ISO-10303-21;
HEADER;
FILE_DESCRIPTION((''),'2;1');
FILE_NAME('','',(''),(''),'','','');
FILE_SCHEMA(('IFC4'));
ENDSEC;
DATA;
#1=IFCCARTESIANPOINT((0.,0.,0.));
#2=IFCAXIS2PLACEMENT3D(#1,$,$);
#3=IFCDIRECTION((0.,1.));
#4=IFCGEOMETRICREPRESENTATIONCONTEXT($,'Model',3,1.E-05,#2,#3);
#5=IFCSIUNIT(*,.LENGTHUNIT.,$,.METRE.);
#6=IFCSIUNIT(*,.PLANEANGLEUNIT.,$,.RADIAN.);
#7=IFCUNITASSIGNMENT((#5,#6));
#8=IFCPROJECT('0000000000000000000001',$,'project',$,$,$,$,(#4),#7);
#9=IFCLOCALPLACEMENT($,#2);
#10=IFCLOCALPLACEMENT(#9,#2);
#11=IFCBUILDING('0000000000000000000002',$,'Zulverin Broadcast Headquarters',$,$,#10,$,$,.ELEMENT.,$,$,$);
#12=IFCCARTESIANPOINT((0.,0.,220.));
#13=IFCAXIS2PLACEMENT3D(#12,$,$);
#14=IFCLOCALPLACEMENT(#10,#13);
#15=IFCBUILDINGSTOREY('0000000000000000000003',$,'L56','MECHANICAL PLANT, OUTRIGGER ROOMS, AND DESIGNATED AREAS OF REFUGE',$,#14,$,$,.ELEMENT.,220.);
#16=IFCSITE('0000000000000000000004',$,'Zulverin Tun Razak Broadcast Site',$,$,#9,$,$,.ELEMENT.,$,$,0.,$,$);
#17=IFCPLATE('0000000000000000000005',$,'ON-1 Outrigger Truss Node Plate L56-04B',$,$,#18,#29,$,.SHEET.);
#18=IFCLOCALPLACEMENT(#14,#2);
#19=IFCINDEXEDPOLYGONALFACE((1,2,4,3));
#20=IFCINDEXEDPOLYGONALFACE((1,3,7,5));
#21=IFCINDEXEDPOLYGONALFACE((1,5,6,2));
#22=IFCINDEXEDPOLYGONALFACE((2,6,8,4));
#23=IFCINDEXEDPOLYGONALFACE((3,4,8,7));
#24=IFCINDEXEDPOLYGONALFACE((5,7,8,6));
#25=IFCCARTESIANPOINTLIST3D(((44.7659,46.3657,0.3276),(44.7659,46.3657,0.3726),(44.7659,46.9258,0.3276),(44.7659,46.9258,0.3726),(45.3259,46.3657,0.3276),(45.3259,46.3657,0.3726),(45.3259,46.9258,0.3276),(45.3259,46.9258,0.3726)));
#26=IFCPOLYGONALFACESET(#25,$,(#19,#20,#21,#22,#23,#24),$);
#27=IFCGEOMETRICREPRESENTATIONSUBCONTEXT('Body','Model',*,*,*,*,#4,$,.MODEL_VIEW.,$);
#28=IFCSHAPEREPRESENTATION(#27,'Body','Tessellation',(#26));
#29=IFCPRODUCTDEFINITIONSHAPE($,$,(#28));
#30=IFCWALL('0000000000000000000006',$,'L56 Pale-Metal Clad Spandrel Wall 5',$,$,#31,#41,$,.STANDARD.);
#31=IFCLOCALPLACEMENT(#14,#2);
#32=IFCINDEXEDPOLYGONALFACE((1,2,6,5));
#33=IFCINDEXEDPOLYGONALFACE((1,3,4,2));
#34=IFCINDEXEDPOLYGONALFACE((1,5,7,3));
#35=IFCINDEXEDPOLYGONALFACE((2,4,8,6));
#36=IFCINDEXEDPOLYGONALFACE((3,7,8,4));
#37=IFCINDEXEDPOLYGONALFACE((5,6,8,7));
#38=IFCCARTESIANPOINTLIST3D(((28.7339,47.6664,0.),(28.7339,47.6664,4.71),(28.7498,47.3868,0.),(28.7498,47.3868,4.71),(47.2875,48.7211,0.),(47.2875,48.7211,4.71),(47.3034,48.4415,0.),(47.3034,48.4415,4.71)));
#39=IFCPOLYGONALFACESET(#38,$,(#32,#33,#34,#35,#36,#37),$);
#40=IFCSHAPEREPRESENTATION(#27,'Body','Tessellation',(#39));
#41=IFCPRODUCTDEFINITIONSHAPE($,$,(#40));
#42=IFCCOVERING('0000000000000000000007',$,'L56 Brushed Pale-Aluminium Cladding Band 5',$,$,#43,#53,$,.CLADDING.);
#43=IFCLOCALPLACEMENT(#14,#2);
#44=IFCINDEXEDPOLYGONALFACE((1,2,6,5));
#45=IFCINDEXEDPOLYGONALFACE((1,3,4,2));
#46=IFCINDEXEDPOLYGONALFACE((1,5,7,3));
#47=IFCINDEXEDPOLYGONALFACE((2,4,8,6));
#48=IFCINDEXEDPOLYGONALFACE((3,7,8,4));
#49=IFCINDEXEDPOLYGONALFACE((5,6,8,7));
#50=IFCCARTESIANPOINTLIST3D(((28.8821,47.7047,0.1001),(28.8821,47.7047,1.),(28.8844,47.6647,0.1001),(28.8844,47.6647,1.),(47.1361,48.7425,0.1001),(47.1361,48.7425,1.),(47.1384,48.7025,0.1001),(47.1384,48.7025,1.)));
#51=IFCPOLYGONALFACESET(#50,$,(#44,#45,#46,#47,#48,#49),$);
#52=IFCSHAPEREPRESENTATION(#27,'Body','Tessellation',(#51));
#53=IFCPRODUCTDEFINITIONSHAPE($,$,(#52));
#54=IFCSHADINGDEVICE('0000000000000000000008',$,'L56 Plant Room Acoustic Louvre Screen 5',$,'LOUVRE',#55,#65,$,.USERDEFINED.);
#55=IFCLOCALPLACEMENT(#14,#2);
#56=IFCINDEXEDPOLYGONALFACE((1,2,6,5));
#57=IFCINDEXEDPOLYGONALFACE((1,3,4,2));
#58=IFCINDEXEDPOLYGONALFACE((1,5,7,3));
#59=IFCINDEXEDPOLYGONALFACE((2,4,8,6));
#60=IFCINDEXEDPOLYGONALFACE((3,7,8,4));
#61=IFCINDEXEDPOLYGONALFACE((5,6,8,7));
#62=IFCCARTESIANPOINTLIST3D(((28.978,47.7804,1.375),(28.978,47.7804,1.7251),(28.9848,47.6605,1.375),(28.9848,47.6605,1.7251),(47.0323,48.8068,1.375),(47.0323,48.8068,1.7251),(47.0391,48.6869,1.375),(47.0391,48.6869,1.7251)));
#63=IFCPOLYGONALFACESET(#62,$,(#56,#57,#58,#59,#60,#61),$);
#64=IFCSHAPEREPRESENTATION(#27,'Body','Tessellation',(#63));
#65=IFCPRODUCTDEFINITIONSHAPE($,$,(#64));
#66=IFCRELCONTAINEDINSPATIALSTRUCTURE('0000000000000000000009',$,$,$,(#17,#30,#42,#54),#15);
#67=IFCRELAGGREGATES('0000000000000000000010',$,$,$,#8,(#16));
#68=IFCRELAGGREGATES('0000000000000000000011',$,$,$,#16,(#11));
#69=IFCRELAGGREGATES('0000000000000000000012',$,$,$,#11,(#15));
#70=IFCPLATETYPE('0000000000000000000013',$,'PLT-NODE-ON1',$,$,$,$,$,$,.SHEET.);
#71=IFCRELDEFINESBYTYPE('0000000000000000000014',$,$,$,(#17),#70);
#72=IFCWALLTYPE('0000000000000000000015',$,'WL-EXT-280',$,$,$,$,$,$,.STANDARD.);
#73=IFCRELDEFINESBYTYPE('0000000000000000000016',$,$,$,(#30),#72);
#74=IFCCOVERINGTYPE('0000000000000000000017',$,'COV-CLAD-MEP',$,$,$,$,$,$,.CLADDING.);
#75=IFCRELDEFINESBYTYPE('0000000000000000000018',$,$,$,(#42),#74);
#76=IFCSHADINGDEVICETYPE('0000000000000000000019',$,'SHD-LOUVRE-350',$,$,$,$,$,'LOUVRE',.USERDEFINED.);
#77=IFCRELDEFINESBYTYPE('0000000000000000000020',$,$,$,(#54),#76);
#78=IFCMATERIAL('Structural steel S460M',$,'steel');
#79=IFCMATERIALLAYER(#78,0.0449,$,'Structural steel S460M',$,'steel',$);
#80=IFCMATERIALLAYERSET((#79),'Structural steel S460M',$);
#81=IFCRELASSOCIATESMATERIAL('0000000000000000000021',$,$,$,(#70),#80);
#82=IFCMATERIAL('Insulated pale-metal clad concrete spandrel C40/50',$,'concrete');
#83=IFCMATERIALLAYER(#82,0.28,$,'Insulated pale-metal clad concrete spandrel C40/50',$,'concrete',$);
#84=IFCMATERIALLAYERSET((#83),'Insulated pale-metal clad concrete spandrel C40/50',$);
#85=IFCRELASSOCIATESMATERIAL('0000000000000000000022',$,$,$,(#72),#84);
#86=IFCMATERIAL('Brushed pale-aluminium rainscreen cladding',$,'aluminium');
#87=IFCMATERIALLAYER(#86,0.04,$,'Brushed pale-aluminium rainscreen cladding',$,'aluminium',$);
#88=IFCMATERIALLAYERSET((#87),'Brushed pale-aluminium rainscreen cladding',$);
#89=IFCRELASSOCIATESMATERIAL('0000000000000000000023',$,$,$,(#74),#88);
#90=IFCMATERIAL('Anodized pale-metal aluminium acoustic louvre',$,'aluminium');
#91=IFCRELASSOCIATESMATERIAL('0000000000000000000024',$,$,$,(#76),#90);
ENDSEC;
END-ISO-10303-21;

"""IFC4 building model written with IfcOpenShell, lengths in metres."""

from ifc_helpers import new_model, si_unit, direction, frame, frame_2d, origin, origin_2d, place, context, subcontext, project, spatial, rectangle, extrude, material, layer, layer_set, type_object, element, save


model = new_model("IFC4")

# Units and contexts
model_context = context("Model", 3, precision=1e-05, world=origin(), true_north=direction((0.0, 1.0)))
body_context = subcontext(model_context, "Body", "Model", "MODEL_VIEW")
ifc_project = project(units=[si_unit("LENGTHUNIT", "METRE"), si_unit("PLANEANGLEUNIT", "RADIAN")], contexts=[model_context])

# Site, building, storey
site_placement = place(None, origin())
site = spatial("IfcSite", under=ifc_project, at=site_placement, Name="Zulverin Tun Razak Broadcast Site", CompositionType="ELEMENT", RefElevation=0.0)
building_placement = place(site_placement, origin())
building = spatial("IfcBuilding", under=site, at=building_placement, Name="Zulverin Broadcast Headquarters", CompositionType="ELEMENT")
storey_placement = place(building_placement, frame((0.0, 0.0, 220.0)))
storey = spatial("IfcBuildingStorey", under=building, at=storey_placement, Name="L56", Description="MECHANICAL PLANT, OUTRIGGER ROOMS, AND DESIGNATED AREAS OF REFUGE", CompositionType="ELEMENT", Elevation=220.0)

# Shared definitions
ifc_material_1 = material(Name="Structural steel S460M", Category="steel")

# Plate
ifc_layer_1 = layer(ifc_material_1, 0.0449, Name="Structural steel S460M", Category="steel")
ifc_layer_set_1 = layer_set([ifc_layer_1], Name="Structural steel S460M")
plate_type_1 = type_object("IfcPlateType", Name="PLT-NODE-ON1", PredefinedType="SHEET", material=ifc_layer_set_1)
for number, where, z_axis, x_axis, name in (
    (1, (45.0459, 46.6458, 0.3276), (0.0, 0.0, 1.0), (1.0, 0.0, 0.0), "ON-1 Outrigger Truss Node Plate L56-04B"),
):
    element("IfcPlate", number, at=place(storey_placement, frame(where, z_axis=z_axis, x_axis=x_axis)), inside=storey, type_object=plate_type_1, Name=name, PredefinedType="SHEET", context=body_context, shape_type="SweptSolid", body=[
        extrude(rectangle(XDim=0.5601, YDim=0.5601, at=origin_2d()), origin(), (0.0, 0.0, 1.0), 0.0449),
    ])

# Wall
ifc_material_2 = material(Name="Insulated pale-metal clad concrete spandrel C40/50", Category="concrete")
ifc_layer_2 = layer(ifc_material_2, 0.28, Name="Insulated pale-metal clad concrete spandrel C40/50", Category="concrete")
ifc_layer_set_2 = layer_set([ifc_layer_2], Name="Insulated pale-metal clad concrete spandrel C40/50")
wall_type = type_object("IfcWallType", Name="WL-EXT-280", PredefinedType="STANDARD", material=ifc_layer_set_2)
wall_placement = place(storey_placement, frame((47.2954, 48.5813, 0.0), z_axis=(0.0, 0.0, 1.0), x_axis=(-0.998388, -0.056754, 0.0)))
element("IfcWall", 2, at=wall_placement, inside=storey, type_object=wall_type, Name="L56 Pale-Metal Clad Spandrel Wall 5", PredefinedType="STANDARD", context=body_context, shape_type="SweptSolid", body=[
    extrude(rectangle(XDim=18.5835, YDim=0.28, at=frame_2d((9.2917, 0.0))), origin(), (0.0, 0.0, 1.0), 4.71),
])

# Covering
ifc_material_3 = material(Name="Brushed pale-aluminium rainscreen cladding", Category="aluminium")
ifc_layer_3 = layer(ifc_material_3, 0.04, Name="Brushed pale-aluminium rainscreen cladding", Category="aluminium")
ifc_layer_set_3 = layer_set([ifc_layer_3], Name="Brushed pale-aluminium rainscreen cladding")
covering_type = type_object("IfcCoveringType", Name="COV-CLAD-MEP", PredefinedType="CLADDING", material=ifc_layer_set_3)
covering_placement = place(storey_placement, frame((38.0103, 48.2036, 0.1001), z_axis=(0.0, 0.0, 1.0), x_axis=(-0.998388, -0.056761, 0.0)))
element("IfcCovering", 3, at=covering_placement, inside=storey, type_object=covering_type, Name="L56 Brushed Pale-Aluminium Cladding Band 5", PredefinedType="CLADDING", context=body_context, shape_type="SweptSolid", body=[
    extrude(rectangle(XDim=18.2834, YDim=0.04, at=origin_2d()), origin(), (0.0, 0.0, 1.0), 0.8999),
])

# Shading device
ifc_material_4 = material(Name="Anodized pale-metal aluminium acoustic louvre", Category="aluminium")
shading_device_type = type_object("IfcShadingDeviceType", Name="SHD-LOUVRE-350", ElementType="LOUVRE", PredefinedType="USERDEFINED", material=ifc_material_4)
shading_device_placement = place(storey_placement, frame((38.0085, 48.2336, 1.375), z_axis=(0.0, 0.0, 1.0), x_axis=(-0.998388, -0.056761, 0.0)))
element("IfcShadingDevice", 4, at=shading_device_placement, inside=storey, type_object=shading_device_type, Name="L56 Plant Room Acoustic Louvre Screen 5", ObjectType="LOUVRE", PredefinedType="USERDEFINED", context=body_context, shape_type="SweptSolid", body=[
    extrude(rectangle(XDim=18.0835, YDim=0.1201, at=origin_2d()), origin(), (0.0, 0.0, 1.0), 0.3501),
])

save(model, "model.ifc")
